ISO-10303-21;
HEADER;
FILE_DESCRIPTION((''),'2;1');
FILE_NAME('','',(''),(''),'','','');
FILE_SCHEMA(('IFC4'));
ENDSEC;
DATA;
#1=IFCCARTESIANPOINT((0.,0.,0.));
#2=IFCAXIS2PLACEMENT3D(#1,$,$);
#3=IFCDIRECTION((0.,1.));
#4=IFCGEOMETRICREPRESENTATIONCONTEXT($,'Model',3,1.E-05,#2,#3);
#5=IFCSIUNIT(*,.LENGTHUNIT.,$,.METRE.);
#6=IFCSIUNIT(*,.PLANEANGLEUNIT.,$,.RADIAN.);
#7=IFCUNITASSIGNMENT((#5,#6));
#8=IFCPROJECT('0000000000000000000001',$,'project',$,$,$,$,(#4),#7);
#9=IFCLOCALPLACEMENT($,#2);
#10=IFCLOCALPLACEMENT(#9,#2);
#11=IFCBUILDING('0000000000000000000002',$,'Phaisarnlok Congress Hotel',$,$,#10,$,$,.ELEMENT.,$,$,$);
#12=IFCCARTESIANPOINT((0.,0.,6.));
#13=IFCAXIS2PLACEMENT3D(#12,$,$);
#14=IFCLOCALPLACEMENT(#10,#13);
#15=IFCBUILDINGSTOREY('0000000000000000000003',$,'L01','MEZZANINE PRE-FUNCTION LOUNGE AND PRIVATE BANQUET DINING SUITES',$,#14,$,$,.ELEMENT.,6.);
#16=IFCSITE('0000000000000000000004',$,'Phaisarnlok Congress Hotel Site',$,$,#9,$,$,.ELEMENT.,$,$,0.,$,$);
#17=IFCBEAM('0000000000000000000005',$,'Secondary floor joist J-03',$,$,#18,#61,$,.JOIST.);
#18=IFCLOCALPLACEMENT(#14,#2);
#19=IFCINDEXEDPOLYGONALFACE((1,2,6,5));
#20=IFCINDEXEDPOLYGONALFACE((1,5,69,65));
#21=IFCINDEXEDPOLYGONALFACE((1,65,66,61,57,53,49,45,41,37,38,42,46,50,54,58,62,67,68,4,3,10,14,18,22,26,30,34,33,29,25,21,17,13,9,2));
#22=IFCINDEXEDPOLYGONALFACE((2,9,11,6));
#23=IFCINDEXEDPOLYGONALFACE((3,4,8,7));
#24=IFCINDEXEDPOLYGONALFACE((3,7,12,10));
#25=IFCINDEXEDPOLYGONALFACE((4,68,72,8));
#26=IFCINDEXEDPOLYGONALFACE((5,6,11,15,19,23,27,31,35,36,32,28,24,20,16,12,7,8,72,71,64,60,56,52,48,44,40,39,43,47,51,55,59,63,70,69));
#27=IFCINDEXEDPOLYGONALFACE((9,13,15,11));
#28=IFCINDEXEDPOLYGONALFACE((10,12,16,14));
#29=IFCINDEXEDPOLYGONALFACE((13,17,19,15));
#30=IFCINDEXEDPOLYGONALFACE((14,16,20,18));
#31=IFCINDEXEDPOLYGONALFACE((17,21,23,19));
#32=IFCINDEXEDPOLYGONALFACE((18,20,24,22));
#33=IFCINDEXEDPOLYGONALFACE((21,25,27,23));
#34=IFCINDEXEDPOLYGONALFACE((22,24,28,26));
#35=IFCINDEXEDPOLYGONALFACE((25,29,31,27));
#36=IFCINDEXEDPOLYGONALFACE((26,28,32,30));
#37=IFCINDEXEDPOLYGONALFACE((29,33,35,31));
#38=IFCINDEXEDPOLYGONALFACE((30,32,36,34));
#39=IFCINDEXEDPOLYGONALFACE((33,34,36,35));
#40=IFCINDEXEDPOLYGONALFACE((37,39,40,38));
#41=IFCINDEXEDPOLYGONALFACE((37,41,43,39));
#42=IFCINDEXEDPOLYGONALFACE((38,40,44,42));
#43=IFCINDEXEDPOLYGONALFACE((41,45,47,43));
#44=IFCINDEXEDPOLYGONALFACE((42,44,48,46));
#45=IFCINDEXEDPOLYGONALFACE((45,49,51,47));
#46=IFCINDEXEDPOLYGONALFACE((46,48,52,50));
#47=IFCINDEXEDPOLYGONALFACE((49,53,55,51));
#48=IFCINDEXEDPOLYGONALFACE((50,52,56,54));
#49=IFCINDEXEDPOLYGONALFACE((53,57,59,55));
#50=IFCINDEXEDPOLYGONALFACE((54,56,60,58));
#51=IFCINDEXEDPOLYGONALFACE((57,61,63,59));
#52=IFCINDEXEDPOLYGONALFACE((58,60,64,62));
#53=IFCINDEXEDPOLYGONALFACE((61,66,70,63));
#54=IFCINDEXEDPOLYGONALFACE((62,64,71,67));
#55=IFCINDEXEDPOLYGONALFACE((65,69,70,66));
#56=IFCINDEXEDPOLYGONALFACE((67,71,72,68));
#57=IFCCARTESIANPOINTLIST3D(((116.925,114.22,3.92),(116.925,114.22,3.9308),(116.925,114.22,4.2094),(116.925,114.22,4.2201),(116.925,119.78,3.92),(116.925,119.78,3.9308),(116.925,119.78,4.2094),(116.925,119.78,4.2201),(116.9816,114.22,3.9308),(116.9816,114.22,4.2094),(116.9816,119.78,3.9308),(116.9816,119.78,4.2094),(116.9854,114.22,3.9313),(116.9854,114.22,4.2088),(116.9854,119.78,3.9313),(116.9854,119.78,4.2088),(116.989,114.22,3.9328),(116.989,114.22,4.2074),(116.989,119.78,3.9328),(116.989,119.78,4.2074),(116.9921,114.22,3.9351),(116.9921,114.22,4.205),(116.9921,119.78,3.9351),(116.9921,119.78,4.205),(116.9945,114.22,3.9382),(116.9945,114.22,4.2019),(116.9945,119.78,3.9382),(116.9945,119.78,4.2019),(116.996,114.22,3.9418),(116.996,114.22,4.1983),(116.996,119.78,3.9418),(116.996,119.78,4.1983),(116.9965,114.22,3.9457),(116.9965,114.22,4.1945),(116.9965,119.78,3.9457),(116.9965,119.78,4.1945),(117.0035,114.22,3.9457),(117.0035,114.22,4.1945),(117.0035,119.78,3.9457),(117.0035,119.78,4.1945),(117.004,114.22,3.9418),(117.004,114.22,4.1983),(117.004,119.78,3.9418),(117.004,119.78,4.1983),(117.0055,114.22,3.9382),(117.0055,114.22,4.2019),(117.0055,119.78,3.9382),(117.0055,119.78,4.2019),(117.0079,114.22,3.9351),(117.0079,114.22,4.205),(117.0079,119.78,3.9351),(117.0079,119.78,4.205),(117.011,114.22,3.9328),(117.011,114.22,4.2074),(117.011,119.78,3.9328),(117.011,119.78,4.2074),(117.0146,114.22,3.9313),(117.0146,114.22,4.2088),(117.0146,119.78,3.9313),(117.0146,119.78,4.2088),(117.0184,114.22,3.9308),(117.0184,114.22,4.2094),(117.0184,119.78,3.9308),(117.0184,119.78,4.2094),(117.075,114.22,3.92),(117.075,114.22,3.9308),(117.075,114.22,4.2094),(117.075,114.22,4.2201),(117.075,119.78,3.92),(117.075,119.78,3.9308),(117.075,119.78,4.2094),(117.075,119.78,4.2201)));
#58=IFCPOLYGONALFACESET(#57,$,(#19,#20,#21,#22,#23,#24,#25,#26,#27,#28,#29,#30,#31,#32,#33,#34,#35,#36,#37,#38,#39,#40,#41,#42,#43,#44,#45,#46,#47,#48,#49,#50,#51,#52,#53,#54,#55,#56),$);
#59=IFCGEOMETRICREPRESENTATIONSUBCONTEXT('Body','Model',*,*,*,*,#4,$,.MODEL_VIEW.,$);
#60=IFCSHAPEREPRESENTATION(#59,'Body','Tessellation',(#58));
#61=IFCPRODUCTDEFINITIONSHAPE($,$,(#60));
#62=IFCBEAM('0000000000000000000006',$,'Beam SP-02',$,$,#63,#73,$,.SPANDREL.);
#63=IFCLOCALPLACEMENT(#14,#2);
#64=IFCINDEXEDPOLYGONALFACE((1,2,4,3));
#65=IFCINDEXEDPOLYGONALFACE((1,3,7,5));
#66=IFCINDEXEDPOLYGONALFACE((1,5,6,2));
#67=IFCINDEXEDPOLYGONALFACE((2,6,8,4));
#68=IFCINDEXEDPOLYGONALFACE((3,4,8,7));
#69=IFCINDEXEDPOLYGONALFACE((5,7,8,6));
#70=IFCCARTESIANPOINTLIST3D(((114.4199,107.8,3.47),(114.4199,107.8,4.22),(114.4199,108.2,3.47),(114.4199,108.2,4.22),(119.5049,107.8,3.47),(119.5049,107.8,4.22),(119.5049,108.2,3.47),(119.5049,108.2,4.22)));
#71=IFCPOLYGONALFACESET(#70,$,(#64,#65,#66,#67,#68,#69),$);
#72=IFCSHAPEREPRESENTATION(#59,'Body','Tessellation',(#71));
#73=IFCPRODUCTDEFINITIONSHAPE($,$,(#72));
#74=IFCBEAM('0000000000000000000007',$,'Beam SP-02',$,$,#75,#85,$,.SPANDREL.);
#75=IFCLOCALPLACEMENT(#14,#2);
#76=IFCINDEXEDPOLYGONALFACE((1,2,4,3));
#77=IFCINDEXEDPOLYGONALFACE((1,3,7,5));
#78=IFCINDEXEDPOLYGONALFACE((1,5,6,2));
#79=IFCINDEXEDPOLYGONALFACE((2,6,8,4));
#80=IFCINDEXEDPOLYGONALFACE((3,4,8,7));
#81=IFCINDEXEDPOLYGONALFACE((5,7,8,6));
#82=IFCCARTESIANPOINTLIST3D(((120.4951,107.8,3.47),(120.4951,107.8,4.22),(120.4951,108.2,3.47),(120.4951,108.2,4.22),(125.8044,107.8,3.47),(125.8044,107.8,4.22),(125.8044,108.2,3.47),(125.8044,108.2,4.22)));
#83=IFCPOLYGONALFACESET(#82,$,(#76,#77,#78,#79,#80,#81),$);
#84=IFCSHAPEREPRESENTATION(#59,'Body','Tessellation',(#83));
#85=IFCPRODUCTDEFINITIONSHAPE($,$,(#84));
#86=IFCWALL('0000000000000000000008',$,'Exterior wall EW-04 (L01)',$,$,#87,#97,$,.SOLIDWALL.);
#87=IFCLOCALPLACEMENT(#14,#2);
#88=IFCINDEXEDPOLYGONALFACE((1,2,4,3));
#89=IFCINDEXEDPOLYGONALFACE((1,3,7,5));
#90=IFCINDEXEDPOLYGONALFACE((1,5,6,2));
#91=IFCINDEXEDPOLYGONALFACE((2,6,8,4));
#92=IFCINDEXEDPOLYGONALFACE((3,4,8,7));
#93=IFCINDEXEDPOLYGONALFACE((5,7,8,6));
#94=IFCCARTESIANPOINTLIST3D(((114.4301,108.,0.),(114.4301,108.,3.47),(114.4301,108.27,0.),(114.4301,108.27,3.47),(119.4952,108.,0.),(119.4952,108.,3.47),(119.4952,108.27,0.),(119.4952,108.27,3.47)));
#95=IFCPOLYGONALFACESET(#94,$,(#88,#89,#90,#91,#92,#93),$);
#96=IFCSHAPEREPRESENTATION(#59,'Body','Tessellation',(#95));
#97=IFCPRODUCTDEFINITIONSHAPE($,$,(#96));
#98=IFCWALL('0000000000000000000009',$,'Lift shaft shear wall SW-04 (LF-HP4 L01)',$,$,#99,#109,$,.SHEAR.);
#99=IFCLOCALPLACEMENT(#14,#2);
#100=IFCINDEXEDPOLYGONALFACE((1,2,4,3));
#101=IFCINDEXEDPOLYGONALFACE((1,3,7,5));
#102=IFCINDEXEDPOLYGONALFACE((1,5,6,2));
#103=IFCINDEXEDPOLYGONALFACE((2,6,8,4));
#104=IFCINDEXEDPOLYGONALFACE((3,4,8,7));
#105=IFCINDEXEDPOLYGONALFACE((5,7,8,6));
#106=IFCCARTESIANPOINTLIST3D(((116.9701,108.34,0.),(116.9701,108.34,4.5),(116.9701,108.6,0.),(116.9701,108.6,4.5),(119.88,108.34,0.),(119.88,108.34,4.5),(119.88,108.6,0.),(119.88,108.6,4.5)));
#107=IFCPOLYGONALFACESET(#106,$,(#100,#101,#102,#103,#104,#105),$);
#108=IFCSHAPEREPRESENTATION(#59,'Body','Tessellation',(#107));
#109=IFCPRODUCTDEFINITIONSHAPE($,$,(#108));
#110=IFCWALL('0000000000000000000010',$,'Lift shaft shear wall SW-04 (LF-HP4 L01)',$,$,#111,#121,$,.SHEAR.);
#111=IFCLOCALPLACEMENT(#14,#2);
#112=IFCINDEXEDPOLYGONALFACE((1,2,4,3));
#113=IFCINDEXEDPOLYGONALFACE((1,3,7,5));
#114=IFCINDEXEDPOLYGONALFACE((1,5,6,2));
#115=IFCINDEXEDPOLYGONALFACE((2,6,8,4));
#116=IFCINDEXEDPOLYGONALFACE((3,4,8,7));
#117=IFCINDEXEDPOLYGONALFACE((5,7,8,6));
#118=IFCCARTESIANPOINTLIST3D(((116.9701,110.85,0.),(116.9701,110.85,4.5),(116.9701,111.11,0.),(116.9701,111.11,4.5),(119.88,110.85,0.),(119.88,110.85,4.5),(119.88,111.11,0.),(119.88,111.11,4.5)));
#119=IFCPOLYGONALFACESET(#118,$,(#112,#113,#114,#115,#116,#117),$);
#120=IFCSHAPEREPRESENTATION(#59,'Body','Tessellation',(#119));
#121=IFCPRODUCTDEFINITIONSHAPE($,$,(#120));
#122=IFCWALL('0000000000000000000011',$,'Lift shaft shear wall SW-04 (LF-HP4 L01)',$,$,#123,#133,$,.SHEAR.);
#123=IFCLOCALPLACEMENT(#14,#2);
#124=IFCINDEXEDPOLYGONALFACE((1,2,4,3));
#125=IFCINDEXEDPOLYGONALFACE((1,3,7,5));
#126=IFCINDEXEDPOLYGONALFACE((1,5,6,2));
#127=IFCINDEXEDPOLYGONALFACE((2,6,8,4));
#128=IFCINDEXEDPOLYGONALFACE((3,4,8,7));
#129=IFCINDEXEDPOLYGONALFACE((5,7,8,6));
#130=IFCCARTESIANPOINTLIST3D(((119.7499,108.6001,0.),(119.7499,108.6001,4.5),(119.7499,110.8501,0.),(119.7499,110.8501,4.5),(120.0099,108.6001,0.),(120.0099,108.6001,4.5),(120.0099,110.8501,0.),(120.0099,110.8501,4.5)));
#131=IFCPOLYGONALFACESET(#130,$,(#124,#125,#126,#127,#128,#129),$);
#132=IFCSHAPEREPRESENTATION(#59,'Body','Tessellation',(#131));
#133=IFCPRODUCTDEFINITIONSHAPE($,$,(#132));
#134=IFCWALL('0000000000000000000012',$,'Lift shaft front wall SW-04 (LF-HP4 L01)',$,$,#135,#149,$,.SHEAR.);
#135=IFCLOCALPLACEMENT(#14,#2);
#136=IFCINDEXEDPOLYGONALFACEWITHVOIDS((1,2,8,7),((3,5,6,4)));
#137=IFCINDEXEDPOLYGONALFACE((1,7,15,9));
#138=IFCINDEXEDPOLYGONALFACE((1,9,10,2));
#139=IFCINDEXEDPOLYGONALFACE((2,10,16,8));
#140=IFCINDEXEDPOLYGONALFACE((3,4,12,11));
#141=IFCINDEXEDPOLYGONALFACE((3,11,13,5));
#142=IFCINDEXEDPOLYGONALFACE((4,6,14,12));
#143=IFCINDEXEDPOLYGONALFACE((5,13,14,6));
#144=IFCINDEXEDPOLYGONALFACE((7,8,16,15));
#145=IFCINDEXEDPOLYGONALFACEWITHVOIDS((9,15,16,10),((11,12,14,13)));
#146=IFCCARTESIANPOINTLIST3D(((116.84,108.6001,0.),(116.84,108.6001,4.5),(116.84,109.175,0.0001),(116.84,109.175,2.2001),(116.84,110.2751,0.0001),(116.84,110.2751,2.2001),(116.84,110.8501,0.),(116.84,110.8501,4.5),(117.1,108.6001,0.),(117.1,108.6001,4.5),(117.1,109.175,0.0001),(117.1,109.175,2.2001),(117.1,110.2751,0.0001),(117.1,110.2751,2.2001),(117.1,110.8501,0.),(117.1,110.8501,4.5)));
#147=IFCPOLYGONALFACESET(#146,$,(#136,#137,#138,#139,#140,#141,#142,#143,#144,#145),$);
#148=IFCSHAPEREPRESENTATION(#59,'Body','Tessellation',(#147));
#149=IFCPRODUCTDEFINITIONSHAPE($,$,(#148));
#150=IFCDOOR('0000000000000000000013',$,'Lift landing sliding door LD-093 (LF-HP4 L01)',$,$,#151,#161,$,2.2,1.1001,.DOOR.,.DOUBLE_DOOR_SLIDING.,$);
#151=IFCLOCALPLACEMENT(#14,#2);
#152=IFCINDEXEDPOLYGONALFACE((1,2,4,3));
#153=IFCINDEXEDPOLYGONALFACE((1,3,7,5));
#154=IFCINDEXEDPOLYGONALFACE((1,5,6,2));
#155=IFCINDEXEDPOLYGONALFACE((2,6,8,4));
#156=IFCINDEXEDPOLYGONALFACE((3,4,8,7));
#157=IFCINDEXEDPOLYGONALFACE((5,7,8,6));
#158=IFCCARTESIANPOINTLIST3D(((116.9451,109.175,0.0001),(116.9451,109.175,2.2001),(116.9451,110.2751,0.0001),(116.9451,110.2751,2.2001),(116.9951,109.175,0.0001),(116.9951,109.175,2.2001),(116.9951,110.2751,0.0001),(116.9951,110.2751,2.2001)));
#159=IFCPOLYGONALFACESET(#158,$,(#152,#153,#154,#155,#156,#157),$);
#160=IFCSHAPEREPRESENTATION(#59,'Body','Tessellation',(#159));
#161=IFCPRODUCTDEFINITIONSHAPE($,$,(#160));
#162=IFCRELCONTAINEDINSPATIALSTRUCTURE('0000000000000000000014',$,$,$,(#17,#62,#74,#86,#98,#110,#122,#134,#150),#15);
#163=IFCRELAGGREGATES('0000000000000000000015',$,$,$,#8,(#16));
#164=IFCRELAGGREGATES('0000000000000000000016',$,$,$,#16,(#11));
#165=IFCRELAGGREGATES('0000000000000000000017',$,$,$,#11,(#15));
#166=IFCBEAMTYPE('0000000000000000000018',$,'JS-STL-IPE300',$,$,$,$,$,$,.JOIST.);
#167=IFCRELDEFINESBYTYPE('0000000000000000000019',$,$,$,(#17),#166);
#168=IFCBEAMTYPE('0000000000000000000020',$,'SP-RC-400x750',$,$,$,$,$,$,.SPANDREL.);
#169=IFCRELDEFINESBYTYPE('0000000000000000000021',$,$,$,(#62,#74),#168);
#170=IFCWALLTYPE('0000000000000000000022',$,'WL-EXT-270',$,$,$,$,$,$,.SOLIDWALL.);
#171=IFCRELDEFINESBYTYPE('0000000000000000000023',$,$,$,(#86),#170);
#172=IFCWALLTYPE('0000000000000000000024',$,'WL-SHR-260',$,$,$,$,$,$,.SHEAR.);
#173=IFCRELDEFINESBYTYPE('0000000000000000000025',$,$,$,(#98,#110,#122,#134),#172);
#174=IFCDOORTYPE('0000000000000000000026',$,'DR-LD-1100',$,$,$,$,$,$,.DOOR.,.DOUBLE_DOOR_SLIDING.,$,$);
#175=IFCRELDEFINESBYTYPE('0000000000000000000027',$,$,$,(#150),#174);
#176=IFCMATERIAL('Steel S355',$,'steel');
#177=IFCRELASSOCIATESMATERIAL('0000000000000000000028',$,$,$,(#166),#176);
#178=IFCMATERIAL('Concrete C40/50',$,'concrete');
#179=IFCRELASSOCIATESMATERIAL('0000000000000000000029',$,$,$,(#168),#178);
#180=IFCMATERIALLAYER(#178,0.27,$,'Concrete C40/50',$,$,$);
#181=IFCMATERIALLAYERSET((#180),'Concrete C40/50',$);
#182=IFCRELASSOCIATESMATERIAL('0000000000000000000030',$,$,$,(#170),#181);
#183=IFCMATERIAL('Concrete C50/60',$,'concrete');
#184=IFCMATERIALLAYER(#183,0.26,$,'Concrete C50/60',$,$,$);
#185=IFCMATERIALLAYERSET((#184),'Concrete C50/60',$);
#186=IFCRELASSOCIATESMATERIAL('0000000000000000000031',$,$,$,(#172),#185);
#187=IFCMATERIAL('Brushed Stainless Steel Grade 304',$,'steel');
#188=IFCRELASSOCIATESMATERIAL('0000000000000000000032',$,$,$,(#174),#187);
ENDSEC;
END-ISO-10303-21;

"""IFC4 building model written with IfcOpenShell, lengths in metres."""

from ifc_helpers import new_model, si_unit, direction, frame, frame_2d, origin, origin_2d, place, context, subcontext, project, spatial, rectangle, i_section, extrude, material, layer, layer_set, material_profile, profile_set, type_object, element, fill, save


model = new_model("IFC4")

# Units and contexts
model_context = context("Model", 3, precision=1e-05, world=origin(), true_north=direction((0.0, 1.0)))
body_context = subcontext(model_context, "Body", "Model", "MODEL_VIEW")
ifc_project = project(units=[si_unit("LENGTHUNIT", "METRE"), si_unit("PLANEANGLEUNIT", "RADIAN")], contexts=[model_context])

# Site, building, storey
site_placement = place(None, origin())
site = spatial("IfcSite", under=ifc_project, at=site_placement, Name="Phaisarnlok Congress Hotel Site", CompositionType="ELEMENT", RefElevation=0.0)
building_placement = place(site_placement, origin())
building = spatial("IfcBuilding", under=site, at=building_placement, Name="Phaisarnlok Congress Hotel", CompositionType="ELEMENT")
storey_placement = place(building_placement, frame((0.0, 0.0, 6.0)))
storey = spatial("IfcBuildingStorey", under=building, at=storey_placement, Name="L01", Description="MEZZANINE PRE-FUNCTION LOUNGE AND PRIVATE BANQUET DINING SUITES", CompositionType="ELEMENT", Elevation=6.0)

# Shared definitions
ifc_material_1 = material(Name="Concrete C50/60", Category="concrete")
ifc_material_2 = material(Name="Steel S355", Category="steel")

# Shared definitions
ifc_material_3 = material(Name="Concrete C40/50", Category="concrete")

# Beams
ifc_material_profile_1 = material_profile(ifc_material_2, i_section(OverallWidth=0.1499, OverallDepth=0.3, WebThickness=0.0071, FlangeThickness=0.0107, FilletRadius=0.0149, at=origin_2d()), Name="IPE 300")
ifc_profile_set_1 = profile_set([ifc_material_profile_1], Name="Steel S355")
beam_type_1 = type_object("IfcBeamType", Name="JS-STL-IPE300", PredefinedType="JOIST", material=ifc_profile_set_1)
beam_1_placement = place(storey_placement, frame((117.0, 114.22, 4.0701), z_axis=(0.0, 1.0, 0.0), x_axis=(-1.0, 0.0, 0.0)))
element("IfcBeam", 1, at=beam_1_placement, inside=storey, type_object=beam_type_1, Name="Secondary floor joist J-03", PredefinedType="JOIST", context=body_context, shape_type="SweptSolid", body=[
    extrude(i_section(OverallWidth=0.1499, OverallDepth=0.3, WebThickness=0.0071, FlangeThickness=0.0107, FilletRadius=0.0149, at=origin_2d()), origin(), (0.0, 0.0, 1.0), 5.5601),
])
ifc_material_profile_2 = material_profile(ifc_material_3, rectangle(XDim=0.3999, YDim=0.75, at=origin_2d()), Name="RC 400x750")
ifc_profile_set_2 = profile_set([ifc_material_profile_2], Name="Concrete C40/50")
beam_type_2 = type_object("IfcBeamType", Name="SP-RC-400x750", PredefinedType="SPANDREL", material=ifc_profile_set_2)
beam_2_placement = place(storey_placement, frame((114.4199, 108.0, 3.845), z_axis=(1.0, 0.0, 0.0), x_axis=(0.0, 1.0, 0.0)))
element("IfcBeam", 2, at=beam_2_placement, inside=storey, type_object=beam_type_2, Name="Beam SP-02", PredefinedType="SPANDREL", context=body_context, shape_type="SweptSolid", body=[
    extrude(rectangle(XDim=0.3999, YDim=0.75, at=origin_2d()), origin(), (0.0, 0.0, 1.0), 5.085),
])
beam_3_placement = place(storey_placement, frame((120.4951, 108.0, 3.845), z_axis=(1.0, 0.0, 0.0), x_axis=(0.0, 1.0, 0.0)))
element("IfcBeam", 3, at=beam_3_placement, inside=storey, type_object=beam_type_2, Name="Beam SP-02", PredefinedType="SPANDREL", context=body_context, shape_type="SweptSolid", body=[
    extrude(rectangle(XDim=0.3999, YDim=0.75, at=origin_2d()), origin(), (0.0, 0.0, 1.0), 5.3093),
])

# Wall
ifc_layer_1 = layer(ifc_material_3, 0.27, Name="Concrete C40/50")
ifc_layer_set_1 = layer_set([ifc_layer_1], Name="Concrete C40/50")
wall_type_1 = type_object("IfcWallType", Name="WL-EXT-270", PredefinedType="SOLIDWALL", material=ifc_layer_set_1)
wall_1_placement = place(storey_placement, frame((114.4299, 108.135, 0.0), z_axis=(0.0, 0.0, 1.0), x_axis=(1.0, 0.0, 0.0)))
element("IfcWall", 4, at=wall_1_placement, inside=storey, type_object=wall_type_1, Name="Exterior wall EW-04 (L01)", PredefinedType="SOLIDWALL", context=body_context, shape_type="SweptSolid", body=[
    extrude(rectangle(XDim=5.0652, YDim=0.27, at=frame_2d((2.5327, 0.0))), origin(), (0.0, 0.0, 1.0), 3.47),
])

# Shared definitions
ifc_layer_2 = layer(ifc_material_1, 0.26, Name="Concrete C50/60")
ifc_layer_set_2 = layer_set([ifc_layer_2], Name="Concrete C50/60")
wall_type_2 = type_object("IfcWallType", Name="WL-SHR-260", PredefinedType="SHEAR", material=ifc_layer_set_2)

# Walls
for number, where, z_axis, x_axis, name in (
    (5, (116.97, 108.47, 0.0), (0.0, 0.0, 1.0), (1.0, 0.0, 0.0), "Lift shaft shear wall SW-04 (LF-HP4 L01)"),
    (6, (116.97, 110.98, 0.0), (0.0, 0.0, 1.0), (1.0, 0.0, 0.0), "Lift shaft shear wall SW-04 (LF-HP4 L01)"),
):
    element("IfcWall", number, at=place(storey_placement, frame(where, z_axis=z_axis, x_axis=x_axis)), inside=storey, type_object=wall_type_2, Name=name, PredefinedType="SHEAR", context=body_context, shape_type="SweptSolid", body=[
        extrude(rectangle(XDim=2.9099, YDim=0.26, at=frame_2d((1.4551, 0.0))), origin(), (0.0, 0.0, 1.0), 4.5),
    ])
wall_2_placement = place(storey_placement, frame((119.8799, 108.6001, 0.0), z_axis=(0.0, 0.0, 1.0), x_axis=(0.0, 1.0, 0.0)))
element("IfcWall", 7, at=wall_2_placement, inside=storey, type_object=wall_type_2, Name="Lift shaft shear wall SW-04 (LF-HP4 L01)", PredefinedType="SHEAR", context=body_context, shape_type="SweptSolid", body=[
    extrude(rectangle(XDim=2.25, YDim=0.26, at=frame_2d((1.125, 0.0))), origin(), (0.0, 0.0, 1.0), 4.5),
])

# Wall, opening, door
wall_3_placement = place(storey_placement, frame((116.97, 108.6001, 0.0), z_axis=(0.0, 0.0, 1.0), x_axis=(0.0, 1.0, 0.0)))
wall_3 = element("IfcWall", 8, at=wall_3_placement, inside=storey, type_object=wall_type_2, Name="Lift shaft front wall SW-04 (LF-HP4 L01)", PredefinedType="SHEAR", context=body_context, shape_type="SweptSolid", body=[
    extrude(rectangle(XDim=2.25, YDim=0.26, at=frame_2d((1.125, 0.0))), origin(), (0.0, 0.0, 1.0), 4.5),
])
opening_1_placement = place(wall_3_placement, frame((0.575, 0.0, 0.0)))
opening_1 = element("IfcOpeningElement", 9, at=opening_1_placement, cuts=wall_3, PredefinedType="OPENING", context=body_context, shape_type="SweptSolid", body=[
    extrude(rectangle(XDim=1.1001, YDim=2.2, at=frame_2d((0.55, 1.1001))), frame((0.0, 0.1401, 0.0), z_axis=(0.0, -1.0, 0.0), x_axis=(1.0, 0.0, 0.0)), (0.0, 0.0, 1.0), 0.28),
])
ifc_material_4 = material(Name="Brushed Stainless Steel Grade 304", Category="steel")
door_type_1 = type_object("IfcDoorType", Name="DR-LD-1100", OperationType="DOUBLE_DOOR_SLIDING", PredefinedType="DOOR", material=ifc_material_4)
door_1_placement = place(opening_1_placement, origin())
door_1 = element("IfcDoor", 10, at=door_1_placement, inside=storey, type_object=door_type_1, Name="Lift landing sliding door LD-093 (LF-HP4 L01)", OperationType="DOUBLE_DOOR_SLIDING", OverallHeight=2.2, OverallWidth=1.1001, PredefinedType="DOOR", context=body_context, shape_type="SweptSolid", body=[
    extrude(rectangle(XDim=1.1001, YDim=2.2, at=frame_2d((0.55, 1.1001))), frame((0.0, 0.0249, 0.0), z_axis=(0.0, -1.0, 0.0), x_axis=(1.0, 0.0, 0.0)), (0.0, 0.0, 1.0), 0.05),
])
fill(opening_1, door_1)

save(model, "model.ifc")
